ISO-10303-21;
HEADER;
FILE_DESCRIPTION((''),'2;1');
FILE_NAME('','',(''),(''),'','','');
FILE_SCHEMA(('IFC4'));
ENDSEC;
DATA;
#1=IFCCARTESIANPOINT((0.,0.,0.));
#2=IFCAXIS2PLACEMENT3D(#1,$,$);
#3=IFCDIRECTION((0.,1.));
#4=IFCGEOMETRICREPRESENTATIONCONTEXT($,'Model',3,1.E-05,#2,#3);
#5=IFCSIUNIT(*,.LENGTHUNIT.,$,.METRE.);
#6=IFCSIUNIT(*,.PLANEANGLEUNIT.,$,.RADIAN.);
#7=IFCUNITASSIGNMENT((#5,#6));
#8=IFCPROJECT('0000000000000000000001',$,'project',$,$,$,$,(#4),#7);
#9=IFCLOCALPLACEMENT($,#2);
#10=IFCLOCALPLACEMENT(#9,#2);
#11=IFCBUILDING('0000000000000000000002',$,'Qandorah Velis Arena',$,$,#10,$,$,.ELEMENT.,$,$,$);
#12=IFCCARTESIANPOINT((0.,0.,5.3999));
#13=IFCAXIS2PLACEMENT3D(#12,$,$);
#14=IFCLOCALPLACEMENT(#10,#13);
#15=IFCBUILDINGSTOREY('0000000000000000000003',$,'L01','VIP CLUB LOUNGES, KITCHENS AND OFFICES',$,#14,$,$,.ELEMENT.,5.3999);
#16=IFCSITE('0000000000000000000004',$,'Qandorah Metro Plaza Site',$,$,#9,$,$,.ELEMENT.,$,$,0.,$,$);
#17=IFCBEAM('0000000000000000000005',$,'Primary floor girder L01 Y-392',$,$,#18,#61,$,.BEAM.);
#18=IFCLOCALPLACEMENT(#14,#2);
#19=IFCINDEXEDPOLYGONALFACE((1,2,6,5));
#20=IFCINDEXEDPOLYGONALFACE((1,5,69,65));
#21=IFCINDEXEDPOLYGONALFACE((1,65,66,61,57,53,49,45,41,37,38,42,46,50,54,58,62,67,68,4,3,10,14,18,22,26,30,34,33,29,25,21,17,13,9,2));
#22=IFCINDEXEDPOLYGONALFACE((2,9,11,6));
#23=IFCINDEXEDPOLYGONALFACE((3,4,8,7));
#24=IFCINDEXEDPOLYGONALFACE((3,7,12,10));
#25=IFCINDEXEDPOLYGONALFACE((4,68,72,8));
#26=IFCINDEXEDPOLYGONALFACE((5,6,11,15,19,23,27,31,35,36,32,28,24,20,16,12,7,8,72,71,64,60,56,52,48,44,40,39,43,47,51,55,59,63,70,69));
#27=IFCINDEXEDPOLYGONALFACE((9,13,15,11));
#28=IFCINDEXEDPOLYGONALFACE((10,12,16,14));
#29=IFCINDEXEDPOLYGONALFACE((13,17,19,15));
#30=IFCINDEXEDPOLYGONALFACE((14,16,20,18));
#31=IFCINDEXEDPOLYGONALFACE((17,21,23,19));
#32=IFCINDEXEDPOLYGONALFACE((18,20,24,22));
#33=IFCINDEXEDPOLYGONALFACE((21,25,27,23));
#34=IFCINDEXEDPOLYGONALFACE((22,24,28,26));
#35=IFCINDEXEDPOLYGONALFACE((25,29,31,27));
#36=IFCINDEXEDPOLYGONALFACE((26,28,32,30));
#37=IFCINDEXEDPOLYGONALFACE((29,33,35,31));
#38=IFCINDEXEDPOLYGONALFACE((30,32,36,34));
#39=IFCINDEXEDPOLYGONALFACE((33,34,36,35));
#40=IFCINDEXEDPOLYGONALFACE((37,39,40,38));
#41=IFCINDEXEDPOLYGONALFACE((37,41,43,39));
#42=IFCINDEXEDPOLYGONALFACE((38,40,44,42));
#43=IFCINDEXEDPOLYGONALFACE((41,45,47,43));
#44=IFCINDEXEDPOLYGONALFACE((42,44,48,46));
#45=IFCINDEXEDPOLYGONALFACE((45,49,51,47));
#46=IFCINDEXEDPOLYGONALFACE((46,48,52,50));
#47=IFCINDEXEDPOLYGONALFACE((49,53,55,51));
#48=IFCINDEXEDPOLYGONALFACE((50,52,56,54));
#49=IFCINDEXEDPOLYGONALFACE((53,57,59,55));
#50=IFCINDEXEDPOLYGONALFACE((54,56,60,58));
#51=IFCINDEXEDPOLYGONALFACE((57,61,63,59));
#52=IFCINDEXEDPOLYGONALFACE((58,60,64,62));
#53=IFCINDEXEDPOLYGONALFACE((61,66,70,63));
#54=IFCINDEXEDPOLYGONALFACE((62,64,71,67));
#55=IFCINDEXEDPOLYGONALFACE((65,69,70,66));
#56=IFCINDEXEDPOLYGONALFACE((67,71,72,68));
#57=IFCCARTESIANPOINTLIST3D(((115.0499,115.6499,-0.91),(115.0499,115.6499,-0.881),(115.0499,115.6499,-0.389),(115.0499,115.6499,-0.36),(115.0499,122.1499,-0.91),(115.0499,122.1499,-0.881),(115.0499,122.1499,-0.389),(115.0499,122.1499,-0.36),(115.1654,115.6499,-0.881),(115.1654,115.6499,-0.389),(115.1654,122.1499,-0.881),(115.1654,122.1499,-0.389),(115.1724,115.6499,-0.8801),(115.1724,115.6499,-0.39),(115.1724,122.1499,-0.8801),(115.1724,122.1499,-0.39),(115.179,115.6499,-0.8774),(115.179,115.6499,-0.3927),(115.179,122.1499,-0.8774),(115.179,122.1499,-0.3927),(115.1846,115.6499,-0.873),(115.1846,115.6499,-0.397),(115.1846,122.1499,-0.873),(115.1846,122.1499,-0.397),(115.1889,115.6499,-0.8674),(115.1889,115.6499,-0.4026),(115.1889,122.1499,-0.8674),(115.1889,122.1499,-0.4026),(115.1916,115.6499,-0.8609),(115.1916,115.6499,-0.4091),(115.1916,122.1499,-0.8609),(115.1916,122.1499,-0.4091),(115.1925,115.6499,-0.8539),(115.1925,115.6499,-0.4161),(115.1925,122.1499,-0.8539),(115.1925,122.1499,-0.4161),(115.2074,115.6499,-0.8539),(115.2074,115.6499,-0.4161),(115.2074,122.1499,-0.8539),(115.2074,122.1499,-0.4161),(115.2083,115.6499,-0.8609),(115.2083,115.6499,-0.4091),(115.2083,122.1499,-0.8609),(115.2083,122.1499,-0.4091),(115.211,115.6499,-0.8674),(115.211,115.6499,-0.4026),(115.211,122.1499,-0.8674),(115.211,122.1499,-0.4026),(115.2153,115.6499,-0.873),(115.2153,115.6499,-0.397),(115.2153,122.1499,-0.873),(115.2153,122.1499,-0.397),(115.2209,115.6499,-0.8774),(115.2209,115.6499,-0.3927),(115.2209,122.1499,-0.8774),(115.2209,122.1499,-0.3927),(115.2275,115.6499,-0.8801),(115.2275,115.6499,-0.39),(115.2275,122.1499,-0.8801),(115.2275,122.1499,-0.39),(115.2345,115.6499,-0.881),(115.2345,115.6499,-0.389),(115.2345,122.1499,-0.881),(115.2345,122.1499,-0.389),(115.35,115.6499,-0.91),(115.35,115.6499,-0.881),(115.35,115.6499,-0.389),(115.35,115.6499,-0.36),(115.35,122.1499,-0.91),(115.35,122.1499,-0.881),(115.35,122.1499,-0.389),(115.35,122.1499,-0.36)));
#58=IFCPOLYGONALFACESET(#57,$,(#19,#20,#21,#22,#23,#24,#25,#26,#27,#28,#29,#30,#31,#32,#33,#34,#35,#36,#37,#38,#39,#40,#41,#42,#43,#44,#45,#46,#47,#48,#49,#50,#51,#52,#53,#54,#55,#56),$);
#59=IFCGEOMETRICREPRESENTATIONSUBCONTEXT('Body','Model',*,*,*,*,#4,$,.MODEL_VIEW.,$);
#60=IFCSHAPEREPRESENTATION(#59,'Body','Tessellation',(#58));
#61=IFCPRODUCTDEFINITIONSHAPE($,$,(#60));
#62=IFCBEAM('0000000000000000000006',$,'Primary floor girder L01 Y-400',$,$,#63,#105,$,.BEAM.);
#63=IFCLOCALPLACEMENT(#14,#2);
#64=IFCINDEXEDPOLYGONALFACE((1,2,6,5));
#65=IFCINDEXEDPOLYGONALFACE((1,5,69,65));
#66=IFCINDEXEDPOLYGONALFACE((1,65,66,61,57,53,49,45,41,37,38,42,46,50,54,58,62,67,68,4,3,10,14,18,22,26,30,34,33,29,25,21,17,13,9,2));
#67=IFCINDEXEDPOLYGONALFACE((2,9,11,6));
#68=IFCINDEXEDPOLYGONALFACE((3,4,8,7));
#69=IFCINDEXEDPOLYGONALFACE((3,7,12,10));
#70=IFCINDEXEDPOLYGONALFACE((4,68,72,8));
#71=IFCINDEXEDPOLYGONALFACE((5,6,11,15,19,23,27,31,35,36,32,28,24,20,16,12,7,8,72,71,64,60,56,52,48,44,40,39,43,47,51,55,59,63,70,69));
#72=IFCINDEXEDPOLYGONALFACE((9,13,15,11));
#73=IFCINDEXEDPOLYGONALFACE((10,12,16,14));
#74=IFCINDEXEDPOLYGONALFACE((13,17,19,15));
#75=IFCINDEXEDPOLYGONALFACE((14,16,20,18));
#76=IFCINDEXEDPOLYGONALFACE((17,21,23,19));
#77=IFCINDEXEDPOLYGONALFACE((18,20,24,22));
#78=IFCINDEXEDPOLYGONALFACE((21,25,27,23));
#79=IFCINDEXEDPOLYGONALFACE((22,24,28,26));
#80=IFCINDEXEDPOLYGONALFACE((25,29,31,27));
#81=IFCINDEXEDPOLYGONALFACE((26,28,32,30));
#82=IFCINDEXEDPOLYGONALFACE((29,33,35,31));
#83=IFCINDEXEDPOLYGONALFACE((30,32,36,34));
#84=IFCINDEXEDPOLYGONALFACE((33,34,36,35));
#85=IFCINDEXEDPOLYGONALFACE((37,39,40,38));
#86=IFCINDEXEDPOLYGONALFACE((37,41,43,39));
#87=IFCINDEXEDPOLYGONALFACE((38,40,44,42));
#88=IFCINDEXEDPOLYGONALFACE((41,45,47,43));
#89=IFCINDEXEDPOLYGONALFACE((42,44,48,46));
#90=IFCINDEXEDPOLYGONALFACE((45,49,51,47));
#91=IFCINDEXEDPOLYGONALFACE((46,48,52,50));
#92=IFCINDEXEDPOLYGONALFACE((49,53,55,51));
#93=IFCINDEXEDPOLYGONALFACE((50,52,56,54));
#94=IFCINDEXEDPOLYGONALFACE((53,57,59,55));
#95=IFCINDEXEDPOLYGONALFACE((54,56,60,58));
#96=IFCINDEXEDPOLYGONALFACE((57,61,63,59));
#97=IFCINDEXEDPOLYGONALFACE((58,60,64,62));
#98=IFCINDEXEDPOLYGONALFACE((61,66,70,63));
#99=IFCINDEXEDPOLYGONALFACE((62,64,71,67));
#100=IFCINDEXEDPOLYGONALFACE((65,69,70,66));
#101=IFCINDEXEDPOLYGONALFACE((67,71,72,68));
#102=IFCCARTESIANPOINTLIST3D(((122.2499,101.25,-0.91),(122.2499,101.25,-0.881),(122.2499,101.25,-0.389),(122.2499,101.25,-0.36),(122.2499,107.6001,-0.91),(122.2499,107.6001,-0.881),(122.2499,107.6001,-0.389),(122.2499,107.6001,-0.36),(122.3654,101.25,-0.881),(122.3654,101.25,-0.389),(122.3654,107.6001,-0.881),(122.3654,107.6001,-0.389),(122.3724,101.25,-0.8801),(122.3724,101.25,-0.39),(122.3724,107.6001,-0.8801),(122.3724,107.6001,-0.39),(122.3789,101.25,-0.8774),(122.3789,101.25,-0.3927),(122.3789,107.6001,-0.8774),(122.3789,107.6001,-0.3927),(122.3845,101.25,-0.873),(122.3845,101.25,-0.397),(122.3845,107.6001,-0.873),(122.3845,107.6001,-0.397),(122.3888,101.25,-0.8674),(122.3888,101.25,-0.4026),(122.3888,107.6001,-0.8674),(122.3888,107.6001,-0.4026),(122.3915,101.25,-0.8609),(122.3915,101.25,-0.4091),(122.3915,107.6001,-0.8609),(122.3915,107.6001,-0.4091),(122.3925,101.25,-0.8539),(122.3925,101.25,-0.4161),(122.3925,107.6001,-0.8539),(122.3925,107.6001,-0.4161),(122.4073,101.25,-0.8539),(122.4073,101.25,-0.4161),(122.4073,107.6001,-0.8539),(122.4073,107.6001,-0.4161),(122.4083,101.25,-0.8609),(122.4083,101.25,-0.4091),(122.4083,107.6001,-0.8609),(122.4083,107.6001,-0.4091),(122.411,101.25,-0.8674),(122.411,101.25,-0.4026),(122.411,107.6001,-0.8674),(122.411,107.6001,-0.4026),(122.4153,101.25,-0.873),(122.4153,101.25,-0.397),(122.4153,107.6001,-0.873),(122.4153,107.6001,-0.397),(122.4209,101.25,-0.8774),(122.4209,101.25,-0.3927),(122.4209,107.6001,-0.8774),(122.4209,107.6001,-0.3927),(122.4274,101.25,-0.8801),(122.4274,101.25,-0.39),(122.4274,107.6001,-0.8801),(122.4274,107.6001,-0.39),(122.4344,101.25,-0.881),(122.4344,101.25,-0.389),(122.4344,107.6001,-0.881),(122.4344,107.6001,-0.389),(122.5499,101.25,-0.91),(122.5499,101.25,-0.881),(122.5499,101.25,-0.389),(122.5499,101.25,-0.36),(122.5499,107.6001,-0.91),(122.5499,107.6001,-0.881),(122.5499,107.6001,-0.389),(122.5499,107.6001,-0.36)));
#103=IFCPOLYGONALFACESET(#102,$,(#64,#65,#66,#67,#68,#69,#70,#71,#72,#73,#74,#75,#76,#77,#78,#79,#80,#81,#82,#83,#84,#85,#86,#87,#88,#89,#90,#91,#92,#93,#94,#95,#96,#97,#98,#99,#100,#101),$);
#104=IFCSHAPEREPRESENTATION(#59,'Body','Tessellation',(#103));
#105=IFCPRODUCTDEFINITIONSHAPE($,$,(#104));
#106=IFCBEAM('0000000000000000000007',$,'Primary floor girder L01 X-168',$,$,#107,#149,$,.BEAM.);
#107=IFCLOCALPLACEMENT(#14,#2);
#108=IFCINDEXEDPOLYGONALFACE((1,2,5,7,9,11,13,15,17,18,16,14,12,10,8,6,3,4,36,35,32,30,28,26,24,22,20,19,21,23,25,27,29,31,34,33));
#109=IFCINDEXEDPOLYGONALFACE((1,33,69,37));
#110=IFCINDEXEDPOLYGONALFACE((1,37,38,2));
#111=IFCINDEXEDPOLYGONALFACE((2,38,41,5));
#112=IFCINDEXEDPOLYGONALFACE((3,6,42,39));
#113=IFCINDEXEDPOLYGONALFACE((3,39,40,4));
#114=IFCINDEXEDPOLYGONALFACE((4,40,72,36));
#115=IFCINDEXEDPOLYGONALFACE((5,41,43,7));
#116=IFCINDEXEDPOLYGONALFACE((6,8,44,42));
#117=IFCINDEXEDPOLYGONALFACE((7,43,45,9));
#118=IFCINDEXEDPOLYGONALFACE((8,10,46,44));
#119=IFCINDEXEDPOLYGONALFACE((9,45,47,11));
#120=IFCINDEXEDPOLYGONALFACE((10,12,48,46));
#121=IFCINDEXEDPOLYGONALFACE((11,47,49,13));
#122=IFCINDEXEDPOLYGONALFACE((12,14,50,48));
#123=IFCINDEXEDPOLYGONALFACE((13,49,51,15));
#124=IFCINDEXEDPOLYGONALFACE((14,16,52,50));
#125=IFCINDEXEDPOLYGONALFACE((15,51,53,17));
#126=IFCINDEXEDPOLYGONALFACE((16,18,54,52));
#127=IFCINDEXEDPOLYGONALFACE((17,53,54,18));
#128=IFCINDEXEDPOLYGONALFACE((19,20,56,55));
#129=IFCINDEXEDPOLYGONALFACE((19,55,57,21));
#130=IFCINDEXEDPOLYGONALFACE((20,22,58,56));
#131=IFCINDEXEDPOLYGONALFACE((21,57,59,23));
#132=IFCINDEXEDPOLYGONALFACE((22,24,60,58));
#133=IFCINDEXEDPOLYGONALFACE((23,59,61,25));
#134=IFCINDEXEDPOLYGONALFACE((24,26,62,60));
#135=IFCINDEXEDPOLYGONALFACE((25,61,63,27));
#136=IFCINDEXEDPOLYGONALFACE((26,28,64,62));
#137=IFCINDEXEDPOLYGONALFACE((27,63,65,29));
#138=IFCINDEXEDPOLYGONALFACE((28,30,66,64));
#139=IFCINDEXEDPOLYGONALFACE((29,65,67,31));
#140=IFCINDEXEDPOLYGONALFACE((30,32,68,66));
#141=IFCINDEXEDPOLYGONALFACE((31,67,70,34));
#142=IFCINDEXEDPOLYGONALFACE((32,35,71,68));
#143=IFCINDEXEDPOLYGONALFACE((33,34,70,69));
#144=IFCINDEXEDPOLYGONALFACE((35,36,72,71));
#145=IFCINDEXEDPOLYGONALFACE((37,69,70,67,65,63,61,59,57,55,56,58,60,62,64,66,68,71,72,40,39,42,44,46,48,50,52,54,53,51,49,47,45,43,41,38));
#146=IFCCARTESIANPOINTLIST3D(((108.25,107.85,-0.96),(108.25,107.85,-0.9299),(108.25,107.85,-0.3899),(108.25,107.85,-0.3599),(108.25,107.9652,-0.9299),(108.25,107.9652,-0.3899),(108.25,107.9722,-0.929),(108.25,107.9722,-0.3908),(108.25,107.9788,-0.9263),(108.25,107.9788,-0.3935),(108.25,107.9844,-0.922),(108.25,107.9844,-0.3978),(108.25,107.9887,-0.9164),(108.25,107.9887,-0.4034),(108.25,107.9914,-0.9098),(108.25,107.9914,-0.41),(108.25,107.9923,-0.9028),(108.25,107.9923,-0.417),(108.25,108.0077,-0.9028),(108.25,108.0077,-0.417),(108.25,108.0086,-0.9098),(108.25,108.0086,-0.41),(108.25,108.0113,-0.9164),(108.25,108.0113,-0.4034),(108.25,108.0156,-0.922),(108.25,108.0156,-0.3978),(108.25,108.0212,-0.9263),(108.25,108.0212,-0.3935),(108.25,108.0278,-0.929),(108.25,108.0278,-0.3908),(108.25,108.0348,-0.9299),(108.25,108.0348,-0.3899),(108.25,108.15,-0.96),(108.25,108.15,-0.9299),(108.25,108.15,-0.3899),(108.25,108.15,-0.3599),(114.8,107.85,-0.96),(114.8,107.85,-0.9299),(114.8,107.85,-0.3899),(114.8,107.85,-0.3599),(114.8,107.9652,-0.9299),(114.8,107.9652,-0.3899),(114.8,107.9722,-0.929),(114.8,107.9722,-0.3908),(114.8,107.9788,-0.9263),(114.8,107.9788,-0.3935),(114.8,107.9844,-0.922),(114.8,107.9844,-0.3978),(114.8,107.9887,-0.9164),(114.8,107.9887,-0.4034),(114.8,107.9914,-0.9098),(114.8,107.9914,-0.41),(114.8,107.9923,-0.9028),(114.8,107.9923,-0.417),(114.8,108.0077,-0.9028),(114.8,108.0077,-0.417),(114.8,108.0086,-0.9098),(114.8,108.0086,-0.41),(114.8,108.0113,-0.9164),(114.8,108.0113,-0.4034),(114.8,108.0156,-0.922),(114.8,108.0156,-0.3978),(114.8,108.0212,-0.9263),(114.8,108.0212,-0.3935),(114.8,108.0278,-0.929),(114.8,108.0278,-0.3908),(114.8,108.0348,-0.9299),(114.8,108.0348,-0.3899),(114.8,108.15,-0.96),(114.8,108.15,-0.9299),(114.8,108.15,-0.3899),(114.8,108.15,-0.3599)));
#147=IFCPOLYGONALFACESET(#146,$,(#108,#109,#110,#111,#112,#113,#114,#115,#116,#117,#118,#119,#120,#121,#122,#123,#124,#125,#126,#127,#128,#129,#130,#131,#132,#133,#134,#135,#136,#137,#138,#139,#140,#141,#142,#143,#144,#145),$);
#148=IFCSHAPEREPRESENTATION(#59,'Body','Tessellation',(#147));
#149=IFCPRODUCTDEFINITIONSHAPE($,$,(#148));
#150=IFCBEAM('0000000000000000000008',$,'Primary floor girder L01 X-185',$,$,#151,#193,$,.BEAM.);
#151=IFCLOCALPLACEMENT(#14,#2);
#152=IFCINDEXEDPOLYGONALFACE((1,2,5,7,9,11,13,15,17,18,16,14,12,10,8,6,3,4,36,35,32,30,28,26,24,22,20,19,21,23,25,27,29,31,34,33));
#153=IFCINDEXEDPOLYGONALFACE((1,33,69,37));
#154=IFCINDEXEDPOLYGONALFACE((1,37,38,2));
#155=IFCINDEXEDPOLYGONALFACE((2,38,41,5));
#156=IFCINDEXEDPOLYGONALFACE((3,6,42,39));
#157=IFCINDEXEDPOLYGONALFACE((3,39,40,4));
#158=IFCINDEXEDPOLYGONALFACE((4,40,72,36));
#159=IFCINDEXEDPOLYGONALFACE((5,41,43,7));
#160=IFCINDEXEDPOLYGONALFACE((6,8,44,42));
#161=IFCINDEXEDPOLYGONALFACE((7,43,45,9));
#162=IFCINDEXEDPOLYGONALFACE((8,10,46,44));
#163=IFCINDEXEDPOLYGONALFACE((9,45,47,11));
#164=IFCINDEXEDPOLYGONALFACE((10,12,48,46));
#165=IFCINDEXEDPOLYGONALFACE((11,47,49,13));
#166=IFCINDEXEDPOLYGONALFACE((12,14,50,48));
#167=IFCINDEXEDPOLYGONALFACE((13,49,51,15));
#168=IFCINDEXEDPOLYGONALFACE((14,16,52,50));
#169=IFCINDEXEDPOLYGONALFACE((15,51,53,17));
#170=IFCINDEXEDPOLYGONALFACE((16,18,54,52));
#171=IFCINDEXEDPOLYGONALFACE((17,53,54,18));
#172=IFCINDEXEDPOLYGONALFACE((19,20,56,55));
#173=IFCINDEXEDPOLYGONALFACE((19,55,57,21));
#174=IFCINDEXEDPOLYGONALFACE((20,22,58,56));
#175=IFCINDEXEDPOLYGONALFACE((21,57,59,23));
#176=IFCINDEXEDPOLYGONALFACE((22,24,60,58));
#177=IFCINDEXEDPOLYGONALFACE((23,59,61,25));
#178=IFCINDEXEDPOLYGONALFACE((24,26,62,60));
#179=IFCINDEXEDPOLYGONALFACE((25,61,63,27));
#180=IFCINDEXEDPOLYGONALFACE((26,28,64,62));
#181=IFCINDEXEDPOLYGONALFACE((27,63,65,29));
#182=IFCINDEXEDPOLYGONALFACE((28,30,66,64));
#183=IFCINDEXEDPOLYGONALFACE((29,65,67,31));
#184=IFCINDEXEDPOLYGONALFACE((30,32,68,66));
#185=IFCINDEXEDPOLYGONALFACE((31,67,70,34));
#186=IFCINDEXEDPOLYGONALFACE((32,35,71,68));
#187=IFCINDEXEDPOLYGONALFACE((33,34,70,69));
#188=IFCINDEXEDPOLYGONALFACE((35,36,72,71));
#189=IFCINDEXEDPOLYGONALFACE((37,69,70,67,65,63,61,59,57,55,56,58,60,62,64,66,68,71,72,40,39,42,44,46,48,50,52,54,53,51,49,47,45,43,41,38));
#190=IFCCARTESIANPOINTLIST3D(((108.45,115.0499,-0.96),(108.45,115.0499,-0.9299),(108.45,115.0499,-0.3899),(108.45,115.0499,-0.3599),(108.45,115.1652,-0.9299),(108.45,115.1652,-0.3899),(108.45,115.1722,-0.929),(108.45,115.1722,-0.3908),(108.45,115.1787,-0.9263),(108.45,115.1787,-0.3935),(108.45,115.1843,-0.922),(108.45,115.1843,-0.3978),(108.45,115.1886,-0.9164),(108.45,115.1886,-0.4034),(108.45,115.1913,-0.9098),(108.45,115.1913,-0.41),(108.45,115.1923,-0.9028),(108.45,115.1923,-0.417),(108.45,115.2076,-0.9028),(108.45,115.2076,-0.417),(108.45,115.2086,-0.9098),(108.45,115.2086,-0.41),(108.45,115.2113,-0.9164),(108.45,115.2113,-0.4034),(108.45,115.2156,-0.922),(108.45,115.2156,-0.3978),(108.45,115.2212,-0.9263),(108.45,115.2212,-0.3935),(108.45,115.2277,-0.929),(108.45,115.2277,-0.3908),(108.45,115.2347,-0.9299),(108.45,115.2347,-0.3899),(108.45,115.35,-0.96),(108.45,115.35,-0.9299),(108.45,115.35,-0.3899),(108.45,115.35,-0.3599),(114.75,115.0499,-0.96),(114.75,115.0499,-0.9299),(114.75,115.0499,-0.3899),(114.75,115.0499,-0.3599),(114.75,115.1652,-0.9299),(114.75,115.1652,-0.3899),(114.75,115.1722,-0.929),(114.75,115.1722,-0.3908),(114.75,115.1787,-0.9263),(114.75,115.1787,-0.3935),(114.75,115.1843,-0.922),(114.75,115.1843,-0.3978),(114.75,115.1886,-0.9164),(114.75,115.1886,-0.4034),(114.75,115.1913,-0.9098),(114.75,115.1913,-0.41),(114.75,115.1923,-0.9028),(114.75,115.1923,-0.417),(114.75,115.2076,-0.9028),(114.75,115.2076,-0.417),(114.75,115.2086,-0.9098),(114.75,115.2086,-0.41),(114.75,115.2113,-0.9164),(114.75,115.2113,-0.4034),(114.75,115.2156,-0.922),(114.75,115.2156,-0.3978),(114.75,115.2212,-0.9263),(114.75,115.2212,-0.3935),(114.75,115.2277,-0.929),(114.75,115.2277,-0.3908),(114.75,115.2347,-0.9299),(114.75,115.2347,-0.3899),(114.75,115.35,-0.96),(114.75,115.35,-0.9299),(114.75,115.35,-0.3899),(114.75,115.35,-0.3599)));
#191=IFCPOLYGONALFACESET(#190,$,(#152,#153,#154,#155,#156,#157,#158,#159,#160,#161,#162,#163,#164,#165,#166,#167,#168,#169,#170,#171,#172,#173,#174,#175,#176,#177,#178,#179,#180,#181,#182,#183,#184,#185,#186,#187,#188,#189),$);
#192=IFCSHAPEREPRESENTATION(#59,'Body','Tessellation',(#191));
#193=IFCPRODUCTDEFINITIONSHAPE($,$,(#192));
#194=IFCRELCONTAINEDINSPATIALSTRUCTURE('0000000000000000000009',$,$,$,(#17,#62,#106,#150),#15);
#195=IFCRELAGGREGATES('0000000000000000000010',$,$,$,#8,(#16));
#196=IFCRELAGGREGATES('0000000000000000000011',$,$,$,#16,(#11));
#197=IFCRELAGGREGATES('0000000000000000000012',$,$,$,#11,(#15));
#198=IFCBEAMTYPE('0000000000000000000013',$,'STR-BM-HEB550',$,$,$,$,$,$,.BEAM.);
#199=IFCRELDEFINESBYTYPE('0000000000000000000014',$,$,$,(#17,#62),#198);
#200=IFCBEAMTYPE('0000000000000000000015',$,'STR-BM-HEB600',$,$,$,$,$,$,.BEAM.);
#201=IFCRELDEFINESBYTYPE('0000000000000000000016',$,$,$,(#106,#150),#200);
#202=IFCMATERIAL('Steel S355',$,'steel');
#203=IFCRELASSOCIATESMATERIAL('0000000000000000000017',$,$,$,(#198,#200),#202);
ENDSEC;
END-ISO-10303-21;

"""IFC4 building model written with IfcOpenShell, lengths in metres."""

from ifc_helpers import new_model, si_unit, direction, frame, origin, origin_2d, place, context, subcontext, project, spatial, i_section, extrude, material, material_profile, profile_set, type_object, element, save


model = new_model("IFC4")

# Units and contexts
model_context = context("Model", 3, precision=1e-05, world=origin(), true_north=direction((0.0, 1.0)))
body_context = subcontext(model_context, "Body", "Model", "MODEL_VIEW")
ifc_project = project(units=[si_unit("LENGTHUNIT", "METRE"), si_unit("PLANEANGLEUNIT", "RADIAN")], contexts=[model_context])

# Site, building, storey
site_placement = place(None, origin())
site = spatial("IfcSite", under=ifc_project, at=site_placement, Name="Qandorah Metro Plaza Site", CompositionType="ELEMENT", RefElevation=0.0)
building_placement = place(site_placement, origin())
building = spatial("IfcBuilding", under=site, at=building_placement, Name="Qandorah Velis Arena", CompositionType="ELEMENT")
storey_placement = place(building_placement, frame((0.0, 0.0, 5.3999)))
storey = spatial("IfcBuildingStorey", under=building, at=storey_placement, Name="L01", Description="VIP CLUB LOUNGES, KITCHENS AND OFFICES", CompositionType="ELEMENT", Elevation=5.3999)

# Beams
ifc_material_1 = material(Name="Steel S355", Category="steel")
ifc_material_profile_1 = material_profile(ifc_material_1, i_section(OverallWidth=0.3, OverallDepth=0.55, WebThickness=0.0149, FlangeThickness=0.0291, FilletRadius=0.0271, at=origin_2d()), Name="HEB 550")
ifc_profile_set_1 = profile_set([ifc_material_profile_1], Name="Steel S355")
beam_type_1 = type_object("IfcBeamType", Name="STR-BM-HEB550", PredefinedType="BEAM", material=ifc_profile_set_1)
beam_1_placement = place(storey_placement, frame((115.2, 115.6499, -0.635), z_axis=(0.0, 1.0, 0.0), x_axis=(-1.0, 0.0, 0.0)))
element("IfcBeam", 1, at=beam_1_placement, inside=storey, type_object=beam_type_1, Name="Primary floor girder L01 Y-392", PredefinedType="BEAM", context=body_context, shape_type="SweptSolid", body=[
    extrude(i_section(OverallWidth=0.3, OverallDepth=0.55, WebThickness=0.0149, FlangeThickness=0.0291, FilletRadius=0.0271, at=origin_2d()), origin(), (0.0, 0.0, 1.0), 6.5),
])
beam_2_placement = place(storey_placement, frame((122.3999, 101.25, -0.635), z_axis=(0.0, 1.0, 0.0), x_axis=(-1.0, 0.0, 0.0)))
element("IfcBeam", 2, at=beam_2_placement, inside=storey, type_object=beam_type_1, Name="Primary floor girder L01 Y-400", PredefinedType="BEAM", context=body_context, shape_type="SweptSolid", body=[
    extrude(i_section(OverallWidth=0.3, OverallDepth=0.55, WebThickness=0.0149, FlangeThickness=0.0291, FilletRadius=0.0271, at=origin_2d()), origin(), (0.0, 0.0, 1.0), 6.3501),
])
ifc_material_profile_2 = material_profile(ifc_material_1, i_section(OverallWidth=0.3, OverallDepth=0.6001, WebThickness=0.0154, FlangeThickness=0.03, FilletRadius=0.0271, at=origin_2d()), Name="HEB 600")
ifc_profile_set_2 = profile_set([ifc_material_profile_2], Name="Steel S355")
beam_type_2 = type_object("IfcBeamType", Name="STR-BM-HEB600", PredefinedType="BEAM", material=ifc_profile_set_2)
beam_3_placement = place(storey_placement, frame((108.25, 108.0, -0.6599), z_axis=(1.0, 0.0, 0.0), x_axis=(0.0, 1.0, 0.0)))
element("IfcBeam", 3, at=beam_3_placement, inside=storey, type_object=beam_type_2, Name="Primary floor girder L01 X-168", PredefinedType="BEAM", context=body_context, shape_type="SweptSolid", body=[
    extrude(i_section(OverallWidth=0.3, OverallDepth=0.6001, WebThickness=0.0154, FlangeThickness=0.03, FilletRadius=0.0271, at=origin_2d()), origin(), (0.0, 0.0, 1.0), 6.55),
])
beam_4_placement = place(storey_placement, frame((108.45, 115.2, -0.6599), z_axis=(1.0, 0.0, 0.0), x_axis=(0.0, 1.0, 0.0)))
element("IfcBeam", 4, at=beam_4_placement, inside=storey, type_object=beam_type_2, Name="Primary floor girder L01 X-185", PredefinedType="BEAM", context=body_context, shape_type="SweptSolid", body=[
    extrude(i_section(OverallWidth=0.3, OverallDepth=0.6001, WebThickness=0.0154, FlangeThickness=0.03, FilletRadius=0.0271, at=origin_2d()), origin(), (0.0, 0.0, 1.0), 6.3),
])

save(model, "model.ifc")
